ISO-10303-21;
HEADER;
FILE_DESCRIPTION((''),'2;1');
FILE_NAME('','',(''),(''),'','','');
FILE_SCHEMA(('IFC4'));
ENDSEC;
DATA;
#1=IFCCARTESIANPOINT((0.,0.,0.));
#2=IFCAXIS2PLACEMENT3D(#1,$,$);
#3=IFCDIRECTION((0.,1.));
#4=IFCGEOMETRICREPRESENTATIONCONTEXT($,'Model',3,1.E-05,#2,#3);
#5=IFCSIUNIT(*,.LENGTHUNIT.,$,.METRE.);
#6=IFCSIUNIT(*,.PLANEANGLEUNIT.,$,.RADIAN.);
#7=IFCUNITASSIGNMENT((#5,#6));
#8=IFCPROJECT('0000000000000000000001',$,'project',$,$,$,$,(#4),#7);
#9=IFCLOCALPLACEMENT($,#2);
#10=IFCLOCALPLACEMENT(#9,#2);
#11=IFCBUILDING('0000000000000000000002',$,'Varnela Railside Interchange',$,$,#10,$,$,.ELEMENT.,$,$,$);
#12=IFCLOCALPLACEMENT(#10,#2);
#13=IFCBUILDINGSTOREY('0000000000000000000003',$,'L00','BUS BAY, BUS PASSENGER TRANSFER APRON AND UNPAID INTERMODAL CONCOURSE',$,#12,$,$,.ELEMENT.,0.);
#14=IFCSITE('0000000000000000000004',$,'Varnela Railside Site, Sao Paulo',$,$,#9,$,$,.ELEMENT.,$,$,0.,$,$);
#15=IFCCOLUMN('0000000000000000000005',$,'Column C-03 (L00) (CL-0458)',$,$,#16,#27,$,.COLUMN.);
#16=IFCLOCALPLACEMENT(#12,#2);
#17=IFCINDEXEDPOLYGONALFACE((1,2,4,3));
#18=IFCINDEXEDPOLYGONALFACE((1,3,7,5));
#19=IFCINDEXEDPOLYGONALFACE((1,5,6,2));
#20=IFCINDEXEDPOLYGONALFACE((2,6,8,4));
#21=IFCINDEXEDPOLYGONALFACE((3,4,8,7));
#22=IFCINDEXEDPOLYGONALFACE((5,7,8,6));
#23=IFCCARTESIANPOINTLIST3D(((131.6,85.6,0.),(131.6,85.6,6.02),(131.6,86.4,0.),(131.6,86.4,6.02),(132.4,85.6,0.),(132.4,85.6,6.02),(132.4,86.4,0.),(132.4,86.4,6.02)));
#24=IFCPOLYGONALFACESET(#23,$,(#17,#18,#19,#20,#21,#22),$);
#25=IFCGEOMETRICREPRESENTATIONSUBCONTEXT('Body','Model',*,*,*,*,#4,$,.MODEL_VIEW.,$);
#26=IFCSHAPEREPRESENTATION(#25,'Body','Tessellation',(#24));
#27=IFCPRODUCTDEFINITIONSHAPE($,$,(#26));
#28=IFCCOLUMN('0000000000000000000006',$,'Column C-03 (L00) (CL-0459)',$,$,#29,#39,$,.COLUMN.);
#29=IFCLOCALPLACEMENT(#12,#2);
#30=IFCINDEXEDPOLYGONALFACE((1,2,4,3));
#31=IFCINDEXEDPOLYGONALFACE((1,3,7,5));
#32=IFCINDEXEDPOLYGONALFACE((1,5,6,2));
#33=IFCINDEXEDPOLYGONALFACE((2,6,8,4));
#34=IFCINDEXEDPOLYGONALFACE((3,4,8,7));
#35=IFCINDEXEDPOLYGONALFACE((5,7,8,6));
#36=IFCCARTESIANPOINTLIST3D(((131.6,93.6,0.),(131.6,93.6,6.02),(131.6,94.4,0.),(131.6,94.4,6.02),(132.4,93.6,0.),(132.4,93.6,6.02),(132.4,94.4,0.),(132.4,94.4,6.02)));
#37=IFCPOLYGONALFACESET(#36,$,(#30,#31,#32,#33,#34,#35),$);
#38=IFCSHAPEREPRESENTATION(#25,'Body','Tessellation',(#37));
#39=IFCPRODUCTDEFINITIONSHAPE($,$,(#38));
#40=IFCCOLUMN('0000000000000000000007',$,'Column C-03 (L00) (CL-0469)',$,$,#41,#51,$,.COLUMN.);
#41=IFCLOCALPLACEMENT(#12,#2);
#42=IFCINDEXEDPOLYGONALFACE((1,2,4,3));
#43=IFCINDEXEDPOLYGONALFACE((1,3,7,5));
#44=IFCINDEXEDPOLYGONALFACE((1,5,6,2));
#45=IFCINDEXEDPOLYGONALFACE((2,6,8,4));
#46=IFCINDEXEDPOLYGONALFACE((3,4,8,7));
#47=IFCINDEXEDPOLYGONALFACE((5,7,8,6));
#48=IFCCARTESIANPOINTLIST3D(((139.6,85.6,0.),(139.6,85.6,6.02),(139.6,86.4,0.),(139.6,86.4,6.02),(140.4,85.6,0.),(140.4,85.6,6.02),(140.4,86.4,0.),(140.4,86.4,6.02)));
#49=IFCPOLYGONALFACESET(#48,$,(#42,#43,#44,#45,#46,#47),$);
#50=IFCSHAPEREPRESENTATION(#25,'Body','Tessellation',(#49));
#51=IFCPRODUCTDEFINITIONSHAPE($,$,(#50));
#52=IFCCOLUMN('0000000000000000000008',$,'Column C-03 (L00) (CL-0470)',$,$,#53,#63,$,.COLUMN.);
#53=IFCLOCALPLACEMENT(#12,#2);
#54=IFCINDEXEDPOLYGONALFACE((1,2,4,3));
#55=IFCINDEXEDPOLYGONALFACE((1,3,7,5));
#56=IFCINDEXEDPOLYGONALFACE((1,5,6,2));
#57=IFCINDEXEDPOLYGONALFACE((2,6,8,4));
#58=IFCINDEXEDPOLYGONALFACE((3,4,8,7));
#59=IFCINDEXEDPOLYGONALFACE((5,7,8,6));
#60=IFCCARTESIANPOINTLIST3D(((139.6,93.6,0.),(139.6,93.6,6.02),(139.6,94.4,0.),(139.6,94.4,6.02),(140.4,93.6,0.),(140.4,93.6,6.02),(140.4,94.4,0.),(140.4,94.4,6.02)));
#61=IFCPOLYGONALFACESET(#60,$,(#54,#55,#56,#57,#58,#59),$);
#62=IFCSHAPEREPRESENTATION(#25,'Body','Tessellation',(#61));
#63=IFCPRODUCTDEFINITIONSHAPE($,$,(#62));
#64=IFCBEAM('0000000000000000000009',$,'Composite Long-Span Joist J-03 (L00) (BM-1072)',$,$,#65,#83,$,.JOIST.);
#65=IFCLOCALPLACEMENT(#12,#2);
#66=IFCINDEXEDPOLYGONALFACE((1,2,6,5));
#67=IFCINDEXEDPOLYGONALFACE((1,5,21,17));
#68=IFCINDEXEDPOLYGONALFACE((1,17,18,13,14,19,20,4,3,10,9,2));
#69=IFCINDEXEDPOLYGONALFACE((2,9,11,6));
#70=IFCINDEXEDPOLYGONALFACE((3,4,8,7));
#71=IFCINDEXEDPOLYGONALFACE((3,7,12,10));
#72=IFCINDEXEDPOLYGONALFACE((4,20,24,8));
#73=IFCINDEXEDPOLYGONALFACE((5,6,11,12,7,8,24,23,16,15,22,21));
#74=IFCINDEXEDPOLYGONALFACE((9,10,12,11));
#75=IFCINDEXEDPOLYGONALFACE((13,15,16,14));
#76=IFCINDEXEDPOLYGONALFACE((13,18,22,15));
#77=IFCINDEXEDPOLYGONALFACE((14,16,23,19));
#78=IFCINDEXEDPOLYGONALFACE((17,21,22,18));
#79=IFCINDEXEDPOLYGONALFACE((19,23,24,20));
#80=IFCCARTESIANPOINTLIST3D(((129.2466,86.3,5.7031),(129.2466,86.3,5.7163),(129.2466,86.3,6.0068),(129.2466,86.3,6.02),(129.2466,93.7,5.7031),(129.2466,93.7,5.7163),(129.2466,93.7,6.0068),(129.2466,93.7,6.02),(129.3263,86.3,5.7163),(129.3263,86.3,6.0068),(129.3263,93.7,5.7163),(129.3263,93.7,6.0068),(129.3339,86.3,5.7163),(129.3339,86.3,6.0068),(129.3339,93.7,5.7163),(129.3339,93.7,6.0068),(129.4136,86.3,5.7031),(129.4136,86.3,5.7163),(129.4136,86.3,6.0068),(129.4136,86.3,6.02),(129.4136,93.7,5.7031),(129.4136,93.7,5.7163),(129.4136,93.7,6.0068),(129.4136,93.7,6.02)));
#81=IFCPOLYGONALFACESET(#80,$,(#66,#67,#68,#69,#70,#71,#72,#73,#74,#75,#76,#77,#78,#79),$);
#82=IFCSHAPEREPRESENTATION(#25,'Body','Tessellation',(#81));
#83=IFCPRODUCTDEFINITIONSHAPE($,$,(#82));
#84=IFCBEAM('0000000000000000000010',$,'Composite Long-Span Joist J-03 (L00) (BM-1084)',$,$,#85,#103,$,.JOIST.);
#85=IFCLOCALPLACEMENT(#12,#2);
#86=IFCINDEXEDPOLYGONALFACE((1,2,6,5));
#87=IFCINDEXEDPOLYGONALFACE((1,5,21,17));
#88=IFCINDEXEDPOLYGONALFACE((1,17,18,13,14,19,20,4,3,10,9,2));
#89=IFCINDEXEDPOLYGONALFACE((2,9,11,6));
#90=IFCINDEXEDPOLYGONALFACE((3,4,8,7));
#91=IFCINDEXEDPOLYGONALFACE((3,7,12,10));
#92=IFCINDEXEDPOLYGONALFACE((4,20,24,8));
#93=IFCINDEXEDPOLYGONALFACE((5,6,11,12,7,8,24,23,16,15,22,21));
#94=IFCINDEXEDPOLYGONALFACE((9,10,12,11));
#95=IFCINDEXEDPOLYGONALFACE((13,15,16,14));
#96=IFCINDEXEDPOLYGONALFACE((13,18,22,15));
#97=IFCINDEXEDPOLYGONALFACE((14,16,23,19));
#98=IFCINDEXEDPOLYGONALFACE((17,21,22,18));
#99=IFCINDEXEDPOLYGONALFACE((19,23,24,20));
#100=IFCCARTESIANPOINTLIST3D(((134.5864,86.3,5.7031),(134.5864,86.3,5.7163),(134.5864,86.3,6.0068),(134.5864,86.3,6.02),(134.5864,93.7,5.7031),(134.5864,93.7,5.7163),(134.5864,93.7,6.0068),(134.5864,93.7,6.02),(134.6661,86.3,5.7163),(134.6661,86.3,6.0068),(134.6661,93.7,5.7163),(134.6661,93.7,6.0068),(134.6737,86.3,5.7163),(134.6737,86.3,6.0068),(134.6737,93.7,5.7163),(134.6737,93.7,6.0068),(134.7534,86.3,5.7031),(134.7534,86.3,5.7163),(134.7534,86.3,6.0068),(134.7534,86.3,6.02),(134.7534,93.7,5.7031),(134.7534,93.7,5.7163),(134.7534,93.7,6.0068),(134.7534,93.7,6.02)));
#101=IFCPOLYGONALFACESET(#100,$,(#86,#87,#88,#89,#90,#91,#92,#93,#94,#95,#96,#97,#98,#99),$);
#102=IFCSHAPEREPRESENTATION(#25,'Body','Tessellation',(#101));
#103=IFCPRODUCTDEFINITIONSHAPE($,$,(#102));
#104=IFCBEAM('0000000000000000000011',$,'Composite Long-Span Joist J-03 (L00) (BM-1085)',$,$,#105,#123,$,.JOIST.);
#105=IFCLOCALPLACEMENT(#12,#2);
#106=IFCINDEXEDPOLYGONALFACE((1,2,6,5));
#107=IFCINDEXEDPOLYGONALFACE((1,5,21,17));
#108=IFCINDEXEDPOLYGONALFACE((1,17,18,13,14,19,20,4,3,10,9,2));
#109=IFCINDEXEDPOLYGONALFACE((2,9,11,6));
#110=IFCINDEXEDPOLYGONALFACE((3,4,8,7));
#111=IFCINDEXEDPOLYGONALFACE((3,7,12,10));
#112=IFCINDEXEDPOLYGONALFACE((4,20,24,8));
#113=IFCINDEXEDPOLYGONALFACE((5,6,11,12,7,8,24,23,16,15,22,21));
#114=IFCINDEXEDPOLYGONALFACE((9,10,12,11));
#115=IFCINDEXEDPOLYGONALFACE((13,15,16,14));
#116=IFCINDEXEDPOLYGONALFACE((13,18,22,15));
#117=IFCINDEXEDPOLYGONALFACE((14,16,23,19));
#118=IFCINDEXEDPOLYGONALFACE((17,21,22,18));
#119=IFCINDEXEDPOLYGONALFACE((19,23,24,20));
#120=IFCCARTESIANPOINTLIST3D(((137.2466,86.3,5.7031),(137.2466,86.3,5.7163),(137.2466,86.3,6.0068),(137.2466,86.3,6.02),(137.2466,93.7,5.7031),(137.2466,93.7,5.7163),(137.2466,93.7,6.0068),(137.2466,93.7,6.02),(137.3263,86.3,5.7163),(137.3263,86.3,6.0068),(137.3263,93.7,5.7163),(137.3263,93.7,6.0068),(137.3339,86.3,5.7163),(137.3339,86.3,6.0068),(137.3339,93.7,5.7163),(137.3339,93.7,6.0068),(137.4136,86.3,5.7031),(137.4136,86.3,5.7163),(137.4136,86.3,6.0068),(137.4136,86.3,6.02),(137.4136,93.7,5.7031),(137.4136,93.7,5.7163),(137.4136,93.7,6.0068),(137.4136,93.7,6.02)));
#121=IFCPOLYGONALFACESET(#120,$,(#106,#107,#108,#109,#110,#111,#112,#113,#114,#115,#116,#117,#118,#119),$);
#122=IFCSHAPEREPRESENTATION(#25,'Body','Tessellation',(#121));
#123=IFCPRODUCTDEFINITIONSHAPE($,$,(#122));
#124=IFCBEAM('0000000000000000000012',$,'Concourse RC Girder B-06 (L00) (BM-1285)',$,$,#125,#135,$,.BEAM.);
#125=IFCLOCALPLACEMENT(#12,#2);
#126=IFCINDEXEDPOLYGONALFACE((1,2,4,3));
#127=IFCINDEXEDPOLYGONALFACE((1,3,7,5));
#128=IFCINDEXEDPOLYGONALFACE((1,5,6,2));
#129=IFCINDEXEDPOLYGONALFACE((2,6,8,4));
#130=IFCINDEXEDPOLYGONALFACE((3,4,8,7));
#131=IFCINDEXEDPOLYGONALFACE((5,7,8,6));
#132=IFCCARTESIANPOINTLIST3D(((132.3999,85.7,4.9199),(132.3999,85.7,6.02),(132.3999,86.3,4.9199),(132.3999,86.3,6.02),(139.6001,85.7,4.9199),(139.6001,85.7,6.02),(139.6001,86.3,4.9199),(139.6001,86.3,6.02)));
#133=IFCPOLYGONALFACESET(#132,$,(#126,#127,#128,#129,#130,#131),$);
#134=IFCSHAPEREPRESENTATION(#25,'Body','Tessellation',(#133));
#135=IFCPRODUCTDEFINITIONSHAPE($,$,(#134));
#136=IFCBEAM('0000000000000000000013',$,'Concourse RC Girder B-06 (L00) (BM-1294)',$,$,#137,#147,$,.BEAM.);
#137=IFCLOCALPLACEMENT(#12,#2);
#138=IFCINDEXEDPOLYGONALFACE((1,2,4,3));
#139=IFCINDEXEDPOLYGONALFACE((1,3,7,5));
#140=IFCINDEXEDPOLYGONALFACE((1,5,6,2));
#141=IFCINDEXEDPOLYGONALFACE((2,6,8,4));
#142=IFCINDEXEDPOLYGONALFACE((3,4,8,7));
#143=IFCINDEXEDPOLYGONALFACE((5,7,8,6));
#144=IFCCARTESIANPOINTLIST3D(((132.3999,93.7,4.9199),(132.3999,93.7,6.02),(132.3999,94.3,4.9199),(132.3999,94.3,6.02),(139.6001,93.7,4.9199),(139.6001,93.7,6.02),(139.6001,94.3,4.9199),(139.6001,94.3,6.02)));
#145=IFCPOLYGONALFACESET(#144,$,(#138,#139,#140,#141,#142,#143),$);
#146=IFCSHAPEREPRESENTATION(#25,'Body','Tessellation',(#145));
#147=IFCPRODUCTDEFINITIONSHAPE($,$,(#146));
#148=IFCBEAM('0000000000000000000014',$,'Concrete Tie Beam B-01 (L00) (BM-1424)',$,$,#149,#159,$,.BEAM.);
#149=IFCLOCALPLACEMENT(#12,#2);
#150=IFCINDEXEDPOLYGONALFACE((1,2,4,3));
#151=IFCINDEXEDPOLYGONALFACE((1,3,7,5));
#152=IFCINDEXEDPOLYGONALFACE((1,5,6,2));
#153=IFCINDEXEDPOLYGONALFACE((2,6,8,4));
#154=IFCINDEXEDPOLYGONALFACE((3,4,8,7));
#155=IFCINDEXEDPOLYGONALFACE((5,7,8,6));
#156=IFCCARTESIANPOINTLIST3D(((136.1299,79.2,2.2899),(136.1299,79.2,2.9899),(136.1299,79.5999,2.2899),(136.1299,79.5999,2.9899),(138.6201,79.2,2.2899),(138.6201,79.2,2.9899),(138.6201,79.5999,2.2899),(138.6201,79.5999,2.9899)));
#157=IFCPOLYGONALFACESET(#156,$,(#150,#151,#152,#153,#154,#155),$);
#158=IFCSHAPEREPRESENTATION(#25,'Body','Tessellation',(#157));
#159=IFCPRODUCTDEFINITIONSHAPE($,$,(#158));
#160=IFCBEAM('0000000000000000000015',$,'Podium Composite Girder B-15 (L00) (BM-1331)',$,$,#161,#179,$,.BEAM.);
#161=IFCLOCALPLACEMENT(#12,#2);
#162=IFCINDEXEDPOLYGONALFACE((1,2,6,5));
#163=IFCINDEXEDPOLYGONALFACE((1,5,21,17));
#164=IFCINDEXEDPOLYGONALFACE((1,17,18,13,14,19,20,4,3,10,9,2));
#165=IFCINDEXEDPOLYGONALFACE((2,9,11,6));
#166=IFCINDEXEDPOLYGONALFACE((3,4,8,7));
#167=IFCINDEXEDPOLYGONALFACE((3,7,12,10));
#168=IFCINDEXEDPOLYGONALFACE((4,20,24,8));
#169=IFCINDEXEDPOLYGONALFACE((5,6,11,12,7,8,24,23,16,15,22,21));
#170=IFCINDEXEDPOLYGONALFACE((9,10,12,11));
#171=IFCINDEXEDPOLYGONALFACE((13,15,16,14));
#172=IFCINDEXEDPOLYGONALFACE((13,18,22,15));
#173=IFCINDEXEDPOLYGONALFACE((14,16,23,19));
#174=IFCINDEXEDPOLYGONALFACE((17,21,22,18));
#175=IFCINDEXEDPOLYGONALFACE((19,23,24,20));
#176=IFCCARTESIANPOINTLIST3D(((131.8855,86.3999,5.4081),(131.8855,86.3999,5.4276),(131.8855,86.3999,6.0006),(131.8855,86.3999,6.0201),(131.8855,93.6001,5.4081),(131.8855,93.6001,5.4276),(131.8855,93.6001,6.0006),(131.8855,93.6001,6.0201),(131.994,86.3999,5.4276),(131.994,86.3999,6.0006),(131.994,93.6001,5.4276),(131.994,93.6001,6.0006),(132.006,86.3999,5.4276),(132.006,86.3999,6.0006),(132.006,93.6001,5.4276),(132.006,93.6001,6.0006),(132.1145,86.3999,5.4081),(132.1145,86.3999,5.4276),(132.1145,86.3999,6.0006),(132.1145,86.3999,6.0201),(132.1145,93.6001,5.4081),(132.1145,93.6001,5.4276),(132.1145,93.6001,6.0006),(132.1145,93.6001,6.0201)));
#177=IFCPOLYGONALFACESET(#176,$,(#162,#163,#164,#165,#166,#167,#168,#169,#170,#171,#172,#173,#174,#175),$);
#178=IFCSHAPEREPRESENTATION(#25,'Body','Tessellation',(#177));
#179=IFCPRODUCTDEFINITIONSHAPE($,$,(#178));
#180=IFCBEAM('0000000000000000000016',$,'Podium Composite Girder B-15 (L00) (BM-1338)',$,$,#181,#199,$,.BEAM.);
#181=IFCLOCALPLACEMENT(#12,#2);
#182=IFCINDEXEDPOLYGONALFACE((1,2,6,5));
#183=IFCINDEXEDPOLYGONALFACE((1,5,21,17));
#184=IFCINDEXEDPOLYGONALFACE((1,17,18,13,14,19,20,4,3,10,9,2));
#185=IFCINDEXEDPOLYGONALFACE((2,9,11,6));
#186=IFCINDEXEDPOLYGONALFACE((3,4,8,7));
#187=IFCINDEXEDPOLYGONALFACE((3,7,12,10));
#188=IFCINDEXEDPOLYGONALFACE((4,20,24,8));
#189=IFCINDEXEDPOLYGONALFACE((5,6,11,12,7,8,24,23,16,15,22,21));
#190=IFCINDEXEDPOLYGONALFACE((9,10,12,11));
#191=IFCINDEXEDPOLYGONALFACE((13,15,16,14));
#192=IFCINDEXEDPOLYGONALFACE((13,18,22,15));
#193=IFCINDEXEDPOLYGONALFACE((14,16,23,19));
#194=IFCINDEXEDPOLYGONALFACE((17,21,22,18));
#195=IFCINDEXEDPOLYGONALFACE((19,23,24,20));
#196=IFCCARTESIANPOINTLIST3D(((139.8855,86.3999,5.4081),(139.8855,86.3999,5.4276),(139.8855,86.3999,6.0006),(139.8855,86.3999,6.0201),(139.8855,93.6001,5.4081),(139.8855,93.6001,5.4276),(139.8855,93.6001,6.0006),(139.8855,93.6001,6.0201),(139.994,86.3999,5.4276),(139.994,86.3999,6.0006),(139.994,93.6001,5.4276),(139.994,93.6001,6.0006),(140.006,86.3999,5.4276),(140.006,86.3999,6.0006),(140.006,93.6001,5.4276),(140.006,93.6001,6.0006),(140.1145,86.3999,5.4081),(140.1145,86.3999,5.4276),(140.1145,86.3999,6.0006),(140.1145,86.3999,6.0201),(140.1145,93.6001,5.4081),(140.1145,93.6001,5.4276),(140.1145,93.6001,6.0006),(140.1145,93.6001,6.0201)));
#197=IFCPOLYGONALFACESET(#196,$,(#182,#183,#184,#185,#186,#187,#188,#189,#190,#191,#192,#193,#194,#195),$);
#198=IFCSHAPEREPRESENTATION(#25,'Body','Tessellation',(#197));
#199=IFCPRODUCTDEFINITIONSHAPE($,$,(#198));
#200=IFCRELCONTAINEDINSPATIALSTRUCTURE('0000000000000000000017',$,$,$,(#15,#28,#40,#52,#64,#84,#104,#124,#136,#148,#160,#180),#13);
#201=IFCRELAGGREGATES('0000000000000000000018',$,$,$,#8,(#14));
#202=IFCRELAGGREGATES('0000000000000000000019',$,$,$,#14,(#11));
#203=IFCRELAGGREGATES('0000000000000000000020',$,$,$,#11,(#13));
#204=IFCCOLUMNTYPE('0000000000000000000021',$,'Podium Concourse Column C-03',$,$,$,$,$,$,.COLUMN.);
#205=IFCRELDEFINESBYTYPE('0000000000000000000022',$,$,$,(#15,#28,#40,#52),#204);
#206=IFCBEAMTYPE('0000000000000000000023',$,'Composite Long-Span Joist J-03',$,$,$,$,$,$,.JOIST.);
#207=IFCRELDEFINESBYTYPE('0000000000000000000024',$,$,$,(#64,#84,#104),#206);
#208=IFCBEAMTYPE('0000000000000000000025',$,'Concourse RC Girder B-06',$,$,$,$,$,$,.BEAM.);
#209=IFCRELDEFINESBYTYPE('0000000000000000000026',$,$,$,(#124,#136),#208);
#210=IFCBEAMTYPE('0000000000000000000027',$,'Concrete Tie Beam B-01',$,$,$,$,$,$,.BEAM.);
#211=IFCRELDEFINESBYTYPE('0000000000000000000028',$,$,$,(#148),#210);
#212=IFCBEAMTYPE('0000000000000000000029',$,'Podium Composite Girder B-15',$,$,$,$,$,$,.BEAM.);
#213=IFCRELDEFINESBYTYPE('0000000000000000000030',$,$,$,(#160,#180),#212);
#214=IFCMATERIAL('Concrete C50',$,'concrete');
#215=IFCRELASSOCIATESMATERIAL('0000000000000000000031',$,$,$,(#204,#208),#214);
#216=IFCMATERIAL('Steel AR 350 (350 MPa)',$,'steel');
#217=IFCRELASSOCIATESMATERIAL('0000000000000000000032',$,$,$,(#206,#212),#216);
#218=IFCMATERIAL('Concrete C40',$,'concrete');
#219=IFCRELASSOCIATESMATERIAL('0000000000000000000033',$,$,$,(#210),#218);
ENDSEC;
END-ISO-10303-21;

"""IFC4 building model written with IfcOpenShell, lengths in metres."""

from ifc_helpers import new_model, si_unit, direction, frame, origin, origin_2d, place, context, subcontext, project, spatial, rectangle, i_section, extrude, material, material_profile, profile_set, type_object, element, save


model = new_model("IFC4")

# Units and contexts
model_context = context("Model", 3, precision=1e-05, world=origin(), true_north=direction((0.0, 1.0)))
body_context = subcontext(model_context, "Body", "Model", "MODEL_VIEW")
ifc_project = project(units=[si_unit("LENGTHUNIT", "METRE"), si_unit("PLANEANGLEUNIT", "RADIAN")], contexts=[model_context])

# Site, building, storey
site_placement = place(None, origin())
site = spatial("IfcSite", under=ifc_project, at=site_placement, Name="Varnela Railside Site, Sao Paulo", CompositionType="ELEMENT", RefElevation=0.0)
building_placement = place(site_placement, origin())
building = spatial("IfcBuilding", under=site, at=building_placement, Name="Varnela Railside Interchange", CompositionType="ELEMENT")
storey_placement = place(building_placement, origin())
storey = spatial("IfcBuildingStorey", under=building, at=storey_placement, Name="L00", Description="BUS BAY, BUS PASSENGER TRANSFER APRON AND UNPAID INTERMODAL CONCOURSE", CompositionType="ELEMENT", Elevation=0.0)

# Columns
ifc_material_1 = material(Name="Concrete C50", Category="concrete")
ifc_material_profile_1 = material_profile(ifc_material_1, rectangle(XDim=0.8, YDim=0.8, at=origin_2d()), Name="RC 800x800")
ifc_profile_set_1 = profile_set([ifc_material_profile_1], Name="Concrete C50")
column_type = type_object("IfcColumnType", Name="Podium Concourse Column C-03", PredefinedType="COLUMN", material=ifc_profile_set_1)
for number, where, z_axis, x_axis, name in (
    (1, (132.0, 86.0, 0.0), (0.0, 0.0, 1.0), (1.0, 0.0, 0.0), "Column C-03 (L00) (CL-0458)"),
    (2, (132.0, 94.0, 0.0), (0.0, 0.0, 1.0), (1.0, 0.0, 0.0), "Column C-03 (L00) (CL-0459)"),
    (3, (140.0, 86.0, 0.0), (0.0, 0.0, 1.0), (1.0, 0.0, 0.0), "Column C-03 (L00) (CL-0469)"),
    (4, (140.0, 94.0, 0.0), (0.0, 0.0, 1.0), (1.0, 0.0, 0.0), "Column C-03 (L00) (CL-0470)"),
):
    element("IfcColumn", number, at=place(storey_placement, frame(where, z_axis=z_axis, x_axis=x_axis)), inside=storey, type_object=column_type, Name=name, PredefinedType="COLUMN", context=body_context, shape_type="SweptSolid", body=[
        extrude(rectangle(XDim=0.8, YDim=0.8, at=origin_2d()), origin(), (0.0, 0.0, 1.0), 6.02),
    ])

# Beams
ifc_material_2 = material(Name="Steel AR 350 (350 MPa)", Category="steel")
ifc_material_profile_2 = material_profile(ifc_material_2, i_section(OverallWidth=0.167, OverallDepth=0.3169, WebThickness=0.0076, FlangeThickness=0.0132, at=origin_2d()), Name="W310x52")
ifc_profile_set_2 = profile_set([ifc_material_profile_2], Name="Steel AR 350 (350 MPa)")
beam_type_1 = type_object("IfcBeamType", Name="Composite Long-Span Joist J-03", PredefinedType="JOIST", material=ifc_profile_set_2)
for number, where, z_axis, x_axis, name in (
    (5, (129.3301, 86.3, 5.8616), (0.0, 1.0, 0.0), (-1.0, 0.0, 0.0), "Composite Long-Span Joist J-03 (L00) (BM-1072)"),
    (6, (134.6699, 86.3, 5.8616), (0.0, 1.0, 0.0), (-1.0, 0.0, 0.0), "Composite Long-Span Joist J-03 (L00) (BM-1084)"),
    (7, (137.3301, 86.3, 5.8616), (0.0, 1.0, 0.0), (-1.0, 0.0, 0.0), "Composite Long-Span Joist J-03 (L00) (BM-1085)"),
):
    element("IfcBeam", number, at=place(storey_placement, frame(where, z_axis=z_axis, x_axis=x_axis)), inside=storey, type_object=beam_type_1, Name=name, PredefinedType="JOIST", context=body_context, shape_type="SweptSolid", body=[
        extrude(i_section(OverallWidth=0.167, OverallDepth=0.3169, WebThickness=0.0076, FlangeThickness=0.0132, at=origin_2d()), origin(), (0.0, 0.0, 1.0), 7.3999),
    ])
ifc_material_profile_3 = material_profile(ifc_material_1, rectangle(XDim=0.6001, YDim=1.1001, at=origin_2d()), Name="RC 600x1100")
ifc_profile_set_3 = profile_set([ifc_material_profile_3], Name="Concrete C50")
beam_type_2 = type_object("IfcBeamType", Name="Concourse RC Girder B-06", PredefinedType="BEAM", material=ifc_profile_set_3)
for number, where, z_axis, x_axis, name in (
    (8, (132.3999, 86.0, 5.47), (1.0, 0.0, 0.0), (0.0, 1.0, 0.0), "Concourse RC Girder B-06 (L00) (BM-1285)"),
    (9, (132.3999, 94.0, 5.47), (1.0, 0.0, 0.0), (0.0, 1.0, 0.0), "Concourse RC Girder B-06 (L00) (BM-1294)"),
):
    element("IfcBeam", number, at=place(storey_placement, frame(where, z_axis=z_axis, x_axis=x_axis)), inside=storey, type_object=beam_type_2, Name=name, PredefinedType="BEAM", context=body_context, shape_type="SweptSolid", body=[
        extrude(rectangle(XDim=0.6001, YDim=1.1001, at=origin_2d()), origin(), (0.0, 0.0, 1.0), 7.2002),
    ])
ifc_material_3 = material(Name="Concrete C40", Category="concrete")
ifc_material_profile_4 = material_profile(ifc_material_3, rectangle(XDim=0.3999, YDim=0.7, at=origin_2d()), Name="RC 400x700")
ifc_profile_set_4 = profile_set([ifc_material_profile_4], Name="Concrete C40")
beam_type_3 = type_object("IfcBeamType", Name="Concrete Tie Beam B-01", PredefinedType="BEAM", material=ifc_profile_set_4)
beam_placement = place(storey_placement, frame((136.1299, 79.3999, 2.6399), z_axis=(1.0, 0.0, 0.0), x_axis=(0.0, 1.0, 0.0)))
element("IfcBeam", 10, at=beam_placement, inside=storey, type_object=beam_type_3, Name="Concrete Tie Beam B-01 (L00) (BM-1424)", PredefinedType="BEAM", context=body_context, shape_type="SweptSolid", body=[
    extrude(rectangle(XDim=0.3999, YDim=0.7, at=origin_2d()), origin(), (0.0, 0.0, 1.0), 2.4902),
])
ifc_material_profile_5 = material_profile(ifc_material_2, i_section(OverallWidth=0.229, OverallDepth=0.6121, WebThickness=0.012, FlangeThickness=0.0195, at=origin_2d()), Name="W610x125")
ifc_profile_set_5 = profile_set([ifc_material_profile_5], Name="Steel AR 350 (350 MPa)")
beam_type_4 = type_object("IfcBeamType", Name="Podium Composite Girder B-15", PredefinedType="BEAM", material=ifc_profile_set_5)
for number, where, z_axis, x_axis, name in (
    (11, (132.0, 86.3999, 5.7141), (0.0, 1.0, 0.0), (-1.0, 0.0, 0.0), "Podium Composite Girder B-15 (L00) (BM-1331)"),
    (12, (140.0, 86.3999, 5.7141), (0.0, 1.0, 0.0), (-1.0, 0.0, 0.0), "Podium Composite Girder B-15 (L00) (BM-1338)"),
):
    element("IfcBeam", number, at=place(storey_placement, frame(where, z_axis=z_axis, x_axis=x_axis)), inside=storey, type_object=beam_type_4, Name=name, PredefinedType="BEAM", context=body_context, shape_type="SweptSolid", body=[
        extrude(i_section(OverallWidth=0.229, OverallDepth=0.6121, WebThickness=0.012, FlangeThickness=0.0195, at=origin_2d()), origin(), (0.0, 0.0, 1.0), 7.2002),
    ])

save(model, "model.ifc")
